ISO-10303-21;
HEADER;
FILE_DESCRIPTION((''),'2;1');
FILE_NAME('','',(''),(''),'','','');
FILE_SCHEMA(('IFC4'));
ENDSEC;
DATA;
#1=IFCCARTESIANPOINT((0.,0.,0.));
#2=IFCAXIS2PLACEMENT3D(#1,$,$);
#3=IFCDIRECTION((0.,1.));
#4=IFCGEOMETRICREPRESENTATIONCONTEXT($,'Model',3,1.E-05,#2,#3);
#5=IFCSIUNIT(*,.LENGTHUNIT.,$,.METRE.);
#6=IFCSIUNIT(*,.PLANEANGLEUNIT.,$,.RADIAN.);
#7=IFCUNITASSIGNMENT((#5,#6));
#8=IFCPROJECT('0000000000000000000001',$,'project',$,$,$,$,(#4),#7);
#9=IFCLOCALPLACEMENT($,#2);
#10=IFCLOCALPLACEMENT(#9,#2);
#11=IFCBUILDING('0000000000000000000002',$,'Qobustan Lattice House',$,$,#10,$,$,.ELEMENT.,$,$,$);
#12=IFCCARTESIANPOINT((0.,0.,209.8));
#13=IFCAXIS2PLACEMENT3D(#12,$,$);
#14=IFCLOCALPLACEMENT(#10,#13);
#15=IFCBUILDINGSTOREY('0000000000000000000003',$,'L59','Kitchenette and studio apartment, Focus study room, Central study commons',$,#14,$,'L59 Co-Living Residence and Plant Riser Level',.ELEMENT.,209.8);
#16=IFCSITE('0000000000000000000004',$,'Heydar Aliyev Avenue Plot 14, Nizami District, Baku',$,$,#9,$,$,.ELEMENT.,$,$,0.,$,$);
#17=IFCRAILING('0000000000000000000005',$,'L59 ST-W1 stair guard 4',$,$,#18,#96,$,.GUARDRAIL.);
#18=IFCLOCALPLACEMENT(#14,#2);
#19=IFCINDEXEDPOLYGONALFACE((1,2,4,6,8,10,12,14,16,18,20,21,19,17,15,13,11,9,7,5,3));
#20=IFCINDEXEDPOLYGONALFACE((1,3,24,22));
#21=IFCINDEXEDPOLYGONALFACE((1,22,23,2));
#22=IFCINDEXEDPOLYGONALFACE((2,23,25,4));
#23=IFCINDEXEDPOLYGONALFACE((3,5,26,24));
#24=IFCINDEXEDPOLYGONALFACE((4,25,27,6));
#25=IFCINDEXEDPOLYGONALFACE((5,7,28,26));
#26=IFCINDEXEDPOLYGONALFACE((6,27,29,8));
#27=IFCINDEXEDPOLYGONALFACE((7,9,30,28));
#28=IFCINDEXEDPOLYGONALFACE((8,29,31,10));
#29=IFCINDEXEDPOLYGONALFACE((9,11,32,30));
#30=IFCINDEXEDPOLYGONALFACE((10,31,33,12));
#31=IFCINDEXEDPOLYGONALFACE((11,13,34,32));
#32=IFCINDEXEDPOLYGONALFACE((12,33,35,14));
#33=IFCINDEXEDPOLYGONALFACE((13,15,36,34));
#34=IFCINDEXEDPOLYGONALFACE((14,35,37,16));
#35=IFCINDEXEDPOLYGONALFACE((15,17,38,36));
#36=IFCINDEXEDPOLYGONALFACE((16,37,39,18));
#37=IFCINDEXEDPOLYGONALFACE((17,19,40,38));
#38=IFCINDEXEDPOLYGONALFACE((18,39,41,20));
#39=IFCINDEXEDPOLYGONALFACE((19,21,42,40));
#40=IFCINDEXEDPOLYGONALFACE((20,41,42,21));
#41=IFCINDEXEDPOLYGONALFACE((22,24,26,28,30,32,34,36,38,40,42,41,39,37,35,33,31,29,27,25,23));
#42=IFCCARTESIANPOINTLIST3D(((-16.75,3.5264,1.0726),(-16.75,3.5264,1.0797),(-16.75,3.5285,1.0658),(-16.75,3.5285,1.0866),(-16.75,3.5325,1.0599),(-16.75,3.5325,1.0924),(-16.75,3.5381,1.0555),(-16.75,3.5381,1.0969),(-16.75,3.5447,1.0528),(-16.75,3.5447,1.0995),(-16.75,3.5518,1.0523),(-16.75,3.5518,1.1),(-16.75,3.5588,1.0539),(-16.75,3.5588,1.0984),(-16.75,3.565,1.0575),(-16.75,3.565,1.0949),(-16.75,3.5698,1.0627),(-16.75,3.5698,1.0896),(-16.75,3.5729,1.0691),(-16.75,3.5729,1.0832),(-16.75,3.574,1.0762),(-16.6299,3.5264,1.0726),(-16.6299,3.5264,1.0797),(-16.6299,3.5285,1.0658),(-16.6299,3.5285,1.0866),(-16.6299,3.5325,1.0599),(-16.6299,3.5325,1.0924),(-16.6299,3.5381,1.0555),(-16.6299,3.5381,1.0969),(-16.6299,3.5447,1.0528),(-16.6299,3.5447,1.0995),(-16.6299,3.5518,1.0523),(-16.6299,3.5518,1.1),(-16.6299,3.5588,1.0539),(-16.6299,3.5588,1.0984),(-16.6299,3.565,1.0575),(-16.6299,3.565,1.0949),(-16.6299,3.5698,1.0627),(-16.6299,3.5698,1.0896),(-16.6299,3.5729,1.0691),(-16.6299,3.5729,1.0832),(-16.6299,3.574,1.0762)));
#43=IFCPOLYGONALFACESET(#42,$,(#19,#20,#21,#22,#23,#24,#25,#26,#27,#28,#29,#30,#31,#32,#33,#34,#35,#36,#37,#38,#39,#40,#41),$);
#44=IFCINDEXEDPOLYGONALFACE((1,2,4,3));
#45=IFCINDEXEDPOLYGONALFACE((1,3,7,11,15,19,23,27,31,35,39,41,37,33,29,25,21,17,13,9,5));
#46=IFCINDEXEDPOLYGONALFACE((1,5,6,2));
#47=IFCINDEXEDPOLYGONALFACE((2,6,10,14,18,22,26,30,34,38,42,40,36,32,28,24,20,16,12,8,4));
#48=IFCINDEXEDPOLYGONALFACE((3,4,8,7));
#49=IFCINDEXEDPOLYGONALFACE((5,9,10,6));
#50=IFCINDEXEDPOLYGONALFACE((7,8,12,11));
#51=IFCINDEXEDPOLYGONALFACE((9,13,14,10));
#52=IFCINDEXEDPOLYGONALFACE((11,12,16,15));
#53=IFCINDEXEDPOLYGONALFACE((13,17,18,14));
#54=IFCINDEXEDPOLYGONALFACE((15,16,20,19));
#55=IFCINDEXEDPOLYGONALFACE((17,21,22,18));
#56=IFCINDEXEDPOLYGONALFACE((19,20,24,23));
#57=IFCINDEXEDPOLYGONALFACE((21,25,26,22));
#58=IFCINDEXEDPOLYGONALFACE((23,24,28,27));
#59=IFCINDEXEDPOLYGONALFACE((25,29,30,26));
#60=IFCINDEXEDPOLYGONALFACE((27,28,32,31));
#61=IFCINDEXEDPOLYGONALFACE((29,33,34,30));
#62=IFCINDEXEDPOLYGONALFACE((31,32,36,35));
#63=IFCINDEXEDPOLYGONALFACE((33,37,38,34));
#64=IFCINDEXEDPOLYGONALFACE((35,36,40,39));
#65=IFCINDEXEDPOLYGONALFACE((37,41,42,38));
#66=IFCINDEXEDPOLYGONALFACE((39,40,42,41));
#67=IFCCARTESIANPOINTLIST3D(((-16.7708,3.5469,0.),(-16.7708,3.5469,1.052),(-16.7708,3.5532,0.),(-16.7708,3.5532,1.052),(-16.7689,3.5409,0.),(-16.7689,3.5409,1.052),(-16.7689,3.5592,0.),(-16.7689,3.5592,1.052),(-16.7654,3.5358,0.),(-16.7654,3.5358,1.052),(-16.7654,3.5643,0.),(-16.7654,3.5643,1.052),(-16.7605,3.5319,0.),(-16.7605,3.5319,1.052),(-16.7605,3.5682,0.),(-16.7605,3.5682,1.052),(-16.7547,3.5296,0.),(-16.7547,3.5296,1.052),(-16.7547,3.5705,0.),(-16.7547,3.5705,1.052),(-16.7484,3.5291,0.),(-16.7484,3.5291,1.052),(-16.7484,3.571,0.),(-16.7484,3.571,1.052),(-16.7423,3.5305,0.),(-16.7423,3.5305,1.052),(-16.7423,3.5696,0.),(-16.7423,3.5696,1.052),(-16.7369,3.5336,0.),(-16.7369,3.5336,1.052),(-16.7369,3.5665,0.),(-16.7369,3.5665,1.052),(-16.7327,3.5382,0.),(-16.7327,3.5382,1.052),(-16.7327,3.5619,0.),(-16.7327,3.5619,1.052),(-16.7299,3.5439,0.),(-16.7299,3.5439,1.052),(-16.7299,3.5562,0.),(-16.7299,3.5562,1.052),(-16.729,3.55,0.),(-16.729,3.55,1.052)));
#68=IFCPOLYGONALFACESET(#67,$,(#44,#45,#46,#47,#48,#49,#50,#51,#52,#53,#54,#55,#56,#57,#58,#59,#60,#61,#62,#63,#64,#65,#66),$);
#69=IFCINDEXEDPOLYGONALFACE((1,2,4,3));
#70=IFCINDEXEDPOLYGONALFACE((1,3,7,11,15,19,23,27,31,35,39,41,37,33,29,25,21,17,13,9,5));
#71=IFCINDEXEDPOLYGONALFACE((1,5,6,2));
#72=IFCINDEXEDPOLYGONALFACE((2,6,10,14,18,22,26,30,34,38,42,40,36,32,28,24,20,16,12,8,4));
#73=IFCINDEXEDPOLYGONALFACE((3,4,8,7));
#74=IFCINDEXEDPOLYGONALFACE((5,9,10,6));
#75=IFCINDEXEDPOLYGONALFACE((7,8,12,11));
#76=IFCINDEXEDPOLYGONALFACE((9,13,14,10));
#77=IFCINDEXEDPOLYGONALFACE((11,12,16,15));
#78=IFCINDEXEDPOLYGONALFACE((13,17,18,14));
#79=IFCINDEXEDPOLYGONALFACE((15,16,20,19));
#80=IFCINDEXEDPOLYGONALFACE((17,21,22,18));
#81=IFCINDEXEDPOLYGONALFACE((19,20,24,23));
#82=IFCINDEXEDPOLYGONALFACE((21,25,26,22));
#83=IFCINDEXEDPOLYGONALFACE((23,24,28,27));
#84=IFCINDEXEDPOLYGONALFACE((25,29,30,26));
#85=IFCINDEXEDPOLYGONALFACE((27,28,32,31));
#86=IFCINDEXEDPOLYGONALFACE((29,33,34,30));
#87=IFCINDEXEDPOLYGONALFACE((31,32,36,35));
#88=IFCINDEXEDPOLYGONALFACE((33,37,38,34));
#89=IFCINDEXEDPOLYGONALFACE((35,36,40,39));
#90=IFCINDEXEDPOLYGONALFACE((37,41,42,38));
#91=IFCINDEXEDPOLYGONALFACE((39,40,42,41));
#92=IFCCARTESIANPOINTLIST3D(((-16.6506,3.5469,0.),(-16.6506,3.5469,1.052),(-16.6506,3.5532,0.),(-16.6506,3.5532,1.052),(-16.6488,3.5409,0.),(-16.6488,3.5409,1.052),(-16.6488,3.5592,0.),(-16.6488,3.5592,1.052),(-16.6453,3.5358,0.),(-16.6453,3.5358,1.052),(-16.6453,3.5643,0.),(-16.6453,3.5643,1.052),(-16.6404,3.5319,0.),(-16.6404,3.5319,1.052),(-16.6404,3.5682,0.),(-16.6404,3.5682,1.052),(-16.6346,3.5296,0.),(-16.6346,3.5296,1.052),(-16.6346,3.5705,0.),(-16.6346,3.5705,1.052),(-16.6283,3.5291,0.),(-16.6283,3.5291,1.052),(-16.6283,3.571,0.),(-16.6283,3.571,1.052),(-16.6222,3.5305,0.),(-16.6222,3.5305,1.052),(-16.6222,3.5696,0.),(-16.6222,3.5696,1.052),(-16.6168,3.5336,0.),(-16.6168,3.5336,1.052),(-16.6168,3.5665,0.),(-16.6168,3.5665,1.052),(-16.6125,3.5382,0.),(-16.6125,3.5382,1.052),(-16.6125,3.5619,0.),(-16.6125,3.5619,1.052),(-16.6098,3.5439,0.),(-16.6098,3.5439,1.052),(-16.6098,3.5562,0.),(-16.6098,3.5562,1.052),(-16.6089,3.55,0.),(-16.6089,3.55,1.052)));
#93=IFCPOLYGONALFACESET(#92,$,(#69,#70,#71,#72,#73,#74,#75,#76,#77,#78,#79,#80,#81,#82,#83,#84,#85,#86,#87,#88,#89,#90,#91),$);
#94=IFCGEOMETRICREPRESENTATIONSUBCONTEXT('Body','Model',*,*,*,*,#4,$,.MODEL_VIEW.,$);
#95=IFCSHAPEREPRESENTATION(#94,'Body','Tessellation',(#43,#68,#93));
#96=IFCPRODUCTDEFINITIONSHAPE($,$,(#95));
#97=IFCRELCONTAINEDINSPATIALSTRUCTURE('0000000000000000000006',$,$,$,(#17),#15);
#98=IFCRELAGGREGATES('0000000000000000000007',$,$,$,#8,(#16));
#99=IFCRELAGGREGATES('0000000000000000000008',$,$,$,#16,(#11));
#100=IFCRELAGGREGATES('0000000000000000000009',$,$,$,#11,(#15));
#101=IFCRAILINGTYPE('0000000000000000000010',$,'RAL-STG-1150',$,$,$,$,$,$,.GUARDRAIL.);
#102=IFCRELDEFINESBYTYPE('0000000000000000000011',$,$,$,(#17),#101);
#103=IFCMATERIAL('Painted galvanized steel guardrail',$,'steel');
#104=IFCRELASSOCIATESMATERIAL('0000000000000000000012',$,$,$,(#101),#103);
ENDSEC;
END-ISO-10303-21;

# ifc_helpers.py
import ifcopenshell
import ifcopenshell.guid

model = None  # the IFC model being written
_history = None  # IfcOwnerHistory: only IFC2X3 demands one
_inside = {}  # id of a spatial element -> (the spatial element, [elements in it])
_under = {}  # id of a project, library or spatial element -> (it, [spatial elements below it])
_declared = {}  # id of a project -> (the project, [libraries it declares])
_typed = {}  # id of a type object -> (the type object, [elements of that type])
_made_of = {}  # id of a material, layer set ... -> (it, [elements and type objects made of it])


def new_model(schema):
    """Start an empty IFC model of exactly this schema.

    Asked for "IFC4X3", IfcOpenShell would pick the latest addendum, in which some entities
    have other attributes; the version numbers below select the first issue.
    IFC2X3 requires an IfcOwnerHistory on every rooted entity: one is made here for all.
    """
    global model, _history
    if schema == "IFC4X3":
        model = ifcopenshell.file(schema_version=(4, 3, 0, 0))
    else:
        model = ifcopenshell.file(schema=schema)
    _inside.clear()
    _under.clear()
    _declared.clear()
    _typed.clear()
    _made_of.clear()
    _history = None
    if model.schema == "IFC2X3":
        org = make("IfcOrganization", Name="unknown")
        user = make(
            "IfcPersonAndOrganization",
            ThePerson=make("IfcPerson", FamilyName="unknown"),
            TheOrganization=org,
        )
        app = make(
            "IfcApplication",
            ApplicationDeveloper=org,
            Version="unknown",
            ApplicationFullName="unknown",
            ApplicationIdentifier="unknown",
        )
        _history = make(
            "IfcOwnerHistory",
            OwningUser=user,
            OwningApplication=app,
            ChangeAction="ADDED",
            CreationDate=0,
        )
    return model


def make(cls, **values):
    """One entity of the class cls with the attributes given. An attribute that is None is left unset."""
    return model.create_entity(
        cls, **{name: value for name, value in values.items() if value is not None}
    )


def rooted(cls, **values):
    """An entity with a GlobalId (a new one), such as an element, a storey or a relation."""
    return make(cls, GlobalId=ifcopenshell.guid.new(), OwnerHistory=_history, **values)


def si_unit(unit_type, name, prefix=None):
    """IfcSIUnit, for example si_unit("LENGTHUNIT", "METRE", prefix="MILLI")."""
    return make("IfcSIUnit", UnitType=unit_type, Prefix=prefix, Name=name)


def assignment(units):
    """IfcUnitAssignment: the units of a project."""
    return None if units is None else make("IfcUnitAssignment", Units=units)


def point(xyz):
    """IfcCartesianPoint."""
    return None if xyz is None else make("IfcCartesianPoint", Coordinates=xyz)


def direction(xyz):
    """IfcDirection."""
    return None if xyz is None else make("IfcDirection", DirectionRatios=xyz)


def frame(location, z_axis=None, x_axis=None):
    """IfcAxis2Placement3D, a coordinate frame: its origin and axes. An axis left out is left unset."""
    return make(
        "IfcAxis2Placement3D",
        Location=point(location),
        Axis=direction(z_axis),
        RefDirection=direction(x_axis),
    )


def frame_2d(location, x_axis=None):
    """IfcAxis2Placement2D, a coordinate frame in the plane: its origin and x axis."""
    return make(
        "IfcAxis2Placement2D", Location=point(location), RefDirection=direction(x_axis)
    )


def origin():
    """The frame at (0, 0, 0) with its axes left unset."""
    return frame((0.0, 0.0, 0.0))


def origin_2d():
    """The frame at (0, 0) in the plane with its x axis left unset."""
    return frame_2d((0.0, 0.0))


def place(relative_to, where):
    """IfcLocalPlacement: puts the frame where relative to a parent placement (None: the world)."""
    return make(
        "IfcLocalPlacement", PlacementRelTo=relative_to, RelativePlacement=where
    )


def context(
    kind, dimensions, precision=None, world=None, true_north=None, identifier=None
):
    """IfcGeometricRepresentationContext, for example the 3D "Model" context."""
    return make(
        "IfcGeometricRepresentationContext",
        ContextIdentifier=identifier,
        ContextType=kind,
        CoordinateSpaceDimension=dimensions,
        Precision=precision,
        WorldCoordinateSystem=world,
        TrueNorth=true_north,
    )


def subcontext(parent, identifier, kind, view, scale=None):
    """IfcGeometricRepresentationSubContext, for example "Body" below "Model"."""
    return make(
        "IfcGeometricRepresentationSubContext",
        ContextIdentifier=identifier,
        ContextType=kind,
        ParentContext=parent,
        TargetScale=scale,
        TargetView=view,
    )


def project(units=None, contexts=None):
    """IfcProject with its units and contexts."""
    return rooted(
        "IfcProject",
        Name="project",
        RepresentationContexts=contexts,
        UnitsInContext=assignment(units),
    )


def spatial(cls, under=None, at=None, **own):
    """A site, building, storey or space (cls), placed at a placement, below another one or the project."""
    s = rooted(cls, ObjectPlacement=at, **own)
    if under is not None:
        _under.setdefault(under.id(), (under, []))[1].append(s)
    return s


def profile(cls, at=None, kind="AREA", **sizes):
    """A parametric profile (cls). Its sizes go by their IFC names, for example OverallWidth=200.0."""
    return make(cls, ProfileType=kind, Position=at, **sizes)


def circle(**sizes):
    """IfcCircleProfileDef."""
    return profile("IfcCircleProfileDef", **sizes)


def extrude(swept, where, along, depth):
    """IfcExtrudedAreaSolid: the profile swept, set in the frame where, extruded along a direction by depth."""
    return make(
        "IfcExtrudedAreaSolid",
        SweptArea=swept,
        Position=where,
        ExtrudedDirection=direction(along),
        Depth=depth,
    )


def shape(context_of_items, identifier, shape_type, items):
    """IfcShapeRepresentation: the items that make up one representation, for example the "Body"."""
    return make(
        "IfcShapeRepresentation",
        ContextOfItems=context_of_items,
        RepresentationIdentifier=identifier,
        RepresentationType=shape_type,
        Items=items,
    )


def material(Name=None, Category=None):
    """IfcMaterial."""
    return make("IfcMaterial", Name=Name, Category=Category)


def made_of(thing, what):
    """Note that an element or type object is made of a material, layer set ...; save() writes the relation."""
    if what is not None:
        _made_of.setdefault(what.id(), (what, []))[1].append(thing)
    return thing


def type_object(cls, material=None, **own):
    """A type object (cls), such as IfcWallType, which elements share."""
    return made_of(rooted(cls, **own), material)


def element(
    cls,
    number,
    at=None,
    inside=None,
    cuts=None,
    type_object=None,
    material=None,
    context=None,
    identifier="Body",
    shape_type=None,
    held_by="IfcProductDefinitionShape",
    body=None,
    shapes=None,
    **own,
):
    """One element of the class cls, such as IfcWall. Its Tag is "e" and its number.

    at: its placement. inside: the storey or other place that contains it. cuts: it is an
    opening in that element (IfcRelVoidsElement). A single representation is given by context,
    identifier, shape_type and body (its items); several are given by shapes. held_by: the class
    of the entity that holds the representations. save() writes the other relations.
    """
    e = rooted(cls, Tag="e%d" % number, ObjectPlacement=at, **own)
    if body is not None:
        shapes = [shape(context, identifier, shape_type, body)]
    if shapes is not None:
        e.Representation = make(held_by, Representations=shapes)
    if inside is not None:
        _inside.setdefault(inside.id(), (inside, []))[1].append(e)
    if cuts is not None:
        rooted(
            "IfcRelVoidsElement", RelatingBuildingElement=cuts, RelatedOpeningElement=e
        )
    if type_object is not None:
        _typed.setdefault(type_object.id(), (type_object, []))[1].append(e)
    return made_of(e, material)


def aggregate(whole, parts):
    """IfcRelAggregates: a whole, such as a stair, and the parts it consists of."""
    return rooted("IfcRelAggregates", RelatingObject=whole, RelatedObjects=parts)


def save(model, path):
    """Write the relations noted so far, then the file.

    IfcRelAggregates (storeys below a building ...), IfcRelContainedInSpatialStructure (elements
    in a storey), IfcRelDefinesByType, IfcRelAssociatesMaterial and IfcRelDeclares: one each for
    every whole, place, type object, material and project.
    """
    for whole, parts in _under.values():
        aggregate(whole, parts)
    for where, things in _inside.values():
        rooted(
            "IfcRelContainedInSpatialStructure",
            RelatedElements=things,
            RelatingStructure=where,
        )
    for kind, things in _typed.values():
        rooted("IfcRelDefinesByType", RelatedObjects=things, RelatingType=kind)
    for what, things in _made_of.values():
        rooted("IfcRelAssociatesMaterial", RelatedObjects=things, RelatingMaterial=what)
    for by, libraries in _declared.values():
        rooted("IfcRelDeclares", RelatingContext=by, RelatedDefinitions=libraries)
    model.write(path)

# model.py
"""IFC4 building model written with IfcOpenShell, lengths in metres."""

from ifc_helpers import new_model, si_unit, direction, frame, origin, origin_2d, place, context, subcontext, project, spatial, circle, extrude, material, type_object, element, save


model = new_model("IFC4")

# Units and contexts
model_context = context("Model", 3, precision=1e-05, world=origin(), true_north=direction((0.0, 1.0)))
body_context = subcontext(model_context, "Body", "Model", "MODEL_VIEW")
ifc_project = project(units=[si_unit("LENGTHUNIT", "METRE"), si_unit("PLANEANGLEUNIT", "RADIAN")], contexts=[model_context])

# Site, building, storey
site_placement = place(None, origin())
site = spatial("IfcSite", under=ifc_project, at=site_placement, Name="Heydar Aliyev Avenue Plot 14, Nizami District, Baku", CompositionType="ELEMENT", RefElevation=0.0)
building_placement = place(site_placement, origin())
building = spatial("IfcBuilding", under=site, at=building_placement, Name="Qobustan Lattice House", CompositionType="ELEMENT")
storey_placement = place(building_placement, frame((0.0, 0.0, 209.8)))
storey = spatial("IfcBuildingStorey", under=building, at=storey_placement, Name="L59", Description="Kitchenette and studio apartment, Focus study room, Central study commons", LongName="L59 Co-Living Residence and Plant Riser Level", CompositionType="ELEMENT", Elevation=209.8)

# Railing
ifc_material_1 = material(Name="Painted galvanized steel guardrail", Category="steel")
railing_type_1 = type_object("IfcRailingType", Name="RAL-STG-1150", PredefinedType="GUARDRAIL", material=ifc_material_1)
railing_1_placement = place(storey_placement, frame((-16.75, 3.55, 0.0)))
element("IfcRailing", 1, at=railing_1_placement, inside=storey, type_object=railing_type_1, Name="L59 ST-W1 stair guard 4", PredefinedType="GUARDRAIL", context=body_context, shape_type="SweptSolid", body=[
    extrude(circle(Radius=0.0239, at=origin_2d()), frame((0.0, 0.0, 1.0762), z_axis=(1.0, 0.0, 0.0), x_axis=(0.0, 1.0, 0.0)), (0.0, 0.0, 1.0), 0.1201),
    extrude(circle(Radius=0.021, at=origin_2d()), origin(), (0.0, 0.0, 1.0), 1.052),
    extrude(circle(Radius=0.021, at=origin_2d()), frame((0.1201, 0.0, 0.0)), (0.0, 0.0, 1.0), 1.052),
])

save(model, "model.ifc")
